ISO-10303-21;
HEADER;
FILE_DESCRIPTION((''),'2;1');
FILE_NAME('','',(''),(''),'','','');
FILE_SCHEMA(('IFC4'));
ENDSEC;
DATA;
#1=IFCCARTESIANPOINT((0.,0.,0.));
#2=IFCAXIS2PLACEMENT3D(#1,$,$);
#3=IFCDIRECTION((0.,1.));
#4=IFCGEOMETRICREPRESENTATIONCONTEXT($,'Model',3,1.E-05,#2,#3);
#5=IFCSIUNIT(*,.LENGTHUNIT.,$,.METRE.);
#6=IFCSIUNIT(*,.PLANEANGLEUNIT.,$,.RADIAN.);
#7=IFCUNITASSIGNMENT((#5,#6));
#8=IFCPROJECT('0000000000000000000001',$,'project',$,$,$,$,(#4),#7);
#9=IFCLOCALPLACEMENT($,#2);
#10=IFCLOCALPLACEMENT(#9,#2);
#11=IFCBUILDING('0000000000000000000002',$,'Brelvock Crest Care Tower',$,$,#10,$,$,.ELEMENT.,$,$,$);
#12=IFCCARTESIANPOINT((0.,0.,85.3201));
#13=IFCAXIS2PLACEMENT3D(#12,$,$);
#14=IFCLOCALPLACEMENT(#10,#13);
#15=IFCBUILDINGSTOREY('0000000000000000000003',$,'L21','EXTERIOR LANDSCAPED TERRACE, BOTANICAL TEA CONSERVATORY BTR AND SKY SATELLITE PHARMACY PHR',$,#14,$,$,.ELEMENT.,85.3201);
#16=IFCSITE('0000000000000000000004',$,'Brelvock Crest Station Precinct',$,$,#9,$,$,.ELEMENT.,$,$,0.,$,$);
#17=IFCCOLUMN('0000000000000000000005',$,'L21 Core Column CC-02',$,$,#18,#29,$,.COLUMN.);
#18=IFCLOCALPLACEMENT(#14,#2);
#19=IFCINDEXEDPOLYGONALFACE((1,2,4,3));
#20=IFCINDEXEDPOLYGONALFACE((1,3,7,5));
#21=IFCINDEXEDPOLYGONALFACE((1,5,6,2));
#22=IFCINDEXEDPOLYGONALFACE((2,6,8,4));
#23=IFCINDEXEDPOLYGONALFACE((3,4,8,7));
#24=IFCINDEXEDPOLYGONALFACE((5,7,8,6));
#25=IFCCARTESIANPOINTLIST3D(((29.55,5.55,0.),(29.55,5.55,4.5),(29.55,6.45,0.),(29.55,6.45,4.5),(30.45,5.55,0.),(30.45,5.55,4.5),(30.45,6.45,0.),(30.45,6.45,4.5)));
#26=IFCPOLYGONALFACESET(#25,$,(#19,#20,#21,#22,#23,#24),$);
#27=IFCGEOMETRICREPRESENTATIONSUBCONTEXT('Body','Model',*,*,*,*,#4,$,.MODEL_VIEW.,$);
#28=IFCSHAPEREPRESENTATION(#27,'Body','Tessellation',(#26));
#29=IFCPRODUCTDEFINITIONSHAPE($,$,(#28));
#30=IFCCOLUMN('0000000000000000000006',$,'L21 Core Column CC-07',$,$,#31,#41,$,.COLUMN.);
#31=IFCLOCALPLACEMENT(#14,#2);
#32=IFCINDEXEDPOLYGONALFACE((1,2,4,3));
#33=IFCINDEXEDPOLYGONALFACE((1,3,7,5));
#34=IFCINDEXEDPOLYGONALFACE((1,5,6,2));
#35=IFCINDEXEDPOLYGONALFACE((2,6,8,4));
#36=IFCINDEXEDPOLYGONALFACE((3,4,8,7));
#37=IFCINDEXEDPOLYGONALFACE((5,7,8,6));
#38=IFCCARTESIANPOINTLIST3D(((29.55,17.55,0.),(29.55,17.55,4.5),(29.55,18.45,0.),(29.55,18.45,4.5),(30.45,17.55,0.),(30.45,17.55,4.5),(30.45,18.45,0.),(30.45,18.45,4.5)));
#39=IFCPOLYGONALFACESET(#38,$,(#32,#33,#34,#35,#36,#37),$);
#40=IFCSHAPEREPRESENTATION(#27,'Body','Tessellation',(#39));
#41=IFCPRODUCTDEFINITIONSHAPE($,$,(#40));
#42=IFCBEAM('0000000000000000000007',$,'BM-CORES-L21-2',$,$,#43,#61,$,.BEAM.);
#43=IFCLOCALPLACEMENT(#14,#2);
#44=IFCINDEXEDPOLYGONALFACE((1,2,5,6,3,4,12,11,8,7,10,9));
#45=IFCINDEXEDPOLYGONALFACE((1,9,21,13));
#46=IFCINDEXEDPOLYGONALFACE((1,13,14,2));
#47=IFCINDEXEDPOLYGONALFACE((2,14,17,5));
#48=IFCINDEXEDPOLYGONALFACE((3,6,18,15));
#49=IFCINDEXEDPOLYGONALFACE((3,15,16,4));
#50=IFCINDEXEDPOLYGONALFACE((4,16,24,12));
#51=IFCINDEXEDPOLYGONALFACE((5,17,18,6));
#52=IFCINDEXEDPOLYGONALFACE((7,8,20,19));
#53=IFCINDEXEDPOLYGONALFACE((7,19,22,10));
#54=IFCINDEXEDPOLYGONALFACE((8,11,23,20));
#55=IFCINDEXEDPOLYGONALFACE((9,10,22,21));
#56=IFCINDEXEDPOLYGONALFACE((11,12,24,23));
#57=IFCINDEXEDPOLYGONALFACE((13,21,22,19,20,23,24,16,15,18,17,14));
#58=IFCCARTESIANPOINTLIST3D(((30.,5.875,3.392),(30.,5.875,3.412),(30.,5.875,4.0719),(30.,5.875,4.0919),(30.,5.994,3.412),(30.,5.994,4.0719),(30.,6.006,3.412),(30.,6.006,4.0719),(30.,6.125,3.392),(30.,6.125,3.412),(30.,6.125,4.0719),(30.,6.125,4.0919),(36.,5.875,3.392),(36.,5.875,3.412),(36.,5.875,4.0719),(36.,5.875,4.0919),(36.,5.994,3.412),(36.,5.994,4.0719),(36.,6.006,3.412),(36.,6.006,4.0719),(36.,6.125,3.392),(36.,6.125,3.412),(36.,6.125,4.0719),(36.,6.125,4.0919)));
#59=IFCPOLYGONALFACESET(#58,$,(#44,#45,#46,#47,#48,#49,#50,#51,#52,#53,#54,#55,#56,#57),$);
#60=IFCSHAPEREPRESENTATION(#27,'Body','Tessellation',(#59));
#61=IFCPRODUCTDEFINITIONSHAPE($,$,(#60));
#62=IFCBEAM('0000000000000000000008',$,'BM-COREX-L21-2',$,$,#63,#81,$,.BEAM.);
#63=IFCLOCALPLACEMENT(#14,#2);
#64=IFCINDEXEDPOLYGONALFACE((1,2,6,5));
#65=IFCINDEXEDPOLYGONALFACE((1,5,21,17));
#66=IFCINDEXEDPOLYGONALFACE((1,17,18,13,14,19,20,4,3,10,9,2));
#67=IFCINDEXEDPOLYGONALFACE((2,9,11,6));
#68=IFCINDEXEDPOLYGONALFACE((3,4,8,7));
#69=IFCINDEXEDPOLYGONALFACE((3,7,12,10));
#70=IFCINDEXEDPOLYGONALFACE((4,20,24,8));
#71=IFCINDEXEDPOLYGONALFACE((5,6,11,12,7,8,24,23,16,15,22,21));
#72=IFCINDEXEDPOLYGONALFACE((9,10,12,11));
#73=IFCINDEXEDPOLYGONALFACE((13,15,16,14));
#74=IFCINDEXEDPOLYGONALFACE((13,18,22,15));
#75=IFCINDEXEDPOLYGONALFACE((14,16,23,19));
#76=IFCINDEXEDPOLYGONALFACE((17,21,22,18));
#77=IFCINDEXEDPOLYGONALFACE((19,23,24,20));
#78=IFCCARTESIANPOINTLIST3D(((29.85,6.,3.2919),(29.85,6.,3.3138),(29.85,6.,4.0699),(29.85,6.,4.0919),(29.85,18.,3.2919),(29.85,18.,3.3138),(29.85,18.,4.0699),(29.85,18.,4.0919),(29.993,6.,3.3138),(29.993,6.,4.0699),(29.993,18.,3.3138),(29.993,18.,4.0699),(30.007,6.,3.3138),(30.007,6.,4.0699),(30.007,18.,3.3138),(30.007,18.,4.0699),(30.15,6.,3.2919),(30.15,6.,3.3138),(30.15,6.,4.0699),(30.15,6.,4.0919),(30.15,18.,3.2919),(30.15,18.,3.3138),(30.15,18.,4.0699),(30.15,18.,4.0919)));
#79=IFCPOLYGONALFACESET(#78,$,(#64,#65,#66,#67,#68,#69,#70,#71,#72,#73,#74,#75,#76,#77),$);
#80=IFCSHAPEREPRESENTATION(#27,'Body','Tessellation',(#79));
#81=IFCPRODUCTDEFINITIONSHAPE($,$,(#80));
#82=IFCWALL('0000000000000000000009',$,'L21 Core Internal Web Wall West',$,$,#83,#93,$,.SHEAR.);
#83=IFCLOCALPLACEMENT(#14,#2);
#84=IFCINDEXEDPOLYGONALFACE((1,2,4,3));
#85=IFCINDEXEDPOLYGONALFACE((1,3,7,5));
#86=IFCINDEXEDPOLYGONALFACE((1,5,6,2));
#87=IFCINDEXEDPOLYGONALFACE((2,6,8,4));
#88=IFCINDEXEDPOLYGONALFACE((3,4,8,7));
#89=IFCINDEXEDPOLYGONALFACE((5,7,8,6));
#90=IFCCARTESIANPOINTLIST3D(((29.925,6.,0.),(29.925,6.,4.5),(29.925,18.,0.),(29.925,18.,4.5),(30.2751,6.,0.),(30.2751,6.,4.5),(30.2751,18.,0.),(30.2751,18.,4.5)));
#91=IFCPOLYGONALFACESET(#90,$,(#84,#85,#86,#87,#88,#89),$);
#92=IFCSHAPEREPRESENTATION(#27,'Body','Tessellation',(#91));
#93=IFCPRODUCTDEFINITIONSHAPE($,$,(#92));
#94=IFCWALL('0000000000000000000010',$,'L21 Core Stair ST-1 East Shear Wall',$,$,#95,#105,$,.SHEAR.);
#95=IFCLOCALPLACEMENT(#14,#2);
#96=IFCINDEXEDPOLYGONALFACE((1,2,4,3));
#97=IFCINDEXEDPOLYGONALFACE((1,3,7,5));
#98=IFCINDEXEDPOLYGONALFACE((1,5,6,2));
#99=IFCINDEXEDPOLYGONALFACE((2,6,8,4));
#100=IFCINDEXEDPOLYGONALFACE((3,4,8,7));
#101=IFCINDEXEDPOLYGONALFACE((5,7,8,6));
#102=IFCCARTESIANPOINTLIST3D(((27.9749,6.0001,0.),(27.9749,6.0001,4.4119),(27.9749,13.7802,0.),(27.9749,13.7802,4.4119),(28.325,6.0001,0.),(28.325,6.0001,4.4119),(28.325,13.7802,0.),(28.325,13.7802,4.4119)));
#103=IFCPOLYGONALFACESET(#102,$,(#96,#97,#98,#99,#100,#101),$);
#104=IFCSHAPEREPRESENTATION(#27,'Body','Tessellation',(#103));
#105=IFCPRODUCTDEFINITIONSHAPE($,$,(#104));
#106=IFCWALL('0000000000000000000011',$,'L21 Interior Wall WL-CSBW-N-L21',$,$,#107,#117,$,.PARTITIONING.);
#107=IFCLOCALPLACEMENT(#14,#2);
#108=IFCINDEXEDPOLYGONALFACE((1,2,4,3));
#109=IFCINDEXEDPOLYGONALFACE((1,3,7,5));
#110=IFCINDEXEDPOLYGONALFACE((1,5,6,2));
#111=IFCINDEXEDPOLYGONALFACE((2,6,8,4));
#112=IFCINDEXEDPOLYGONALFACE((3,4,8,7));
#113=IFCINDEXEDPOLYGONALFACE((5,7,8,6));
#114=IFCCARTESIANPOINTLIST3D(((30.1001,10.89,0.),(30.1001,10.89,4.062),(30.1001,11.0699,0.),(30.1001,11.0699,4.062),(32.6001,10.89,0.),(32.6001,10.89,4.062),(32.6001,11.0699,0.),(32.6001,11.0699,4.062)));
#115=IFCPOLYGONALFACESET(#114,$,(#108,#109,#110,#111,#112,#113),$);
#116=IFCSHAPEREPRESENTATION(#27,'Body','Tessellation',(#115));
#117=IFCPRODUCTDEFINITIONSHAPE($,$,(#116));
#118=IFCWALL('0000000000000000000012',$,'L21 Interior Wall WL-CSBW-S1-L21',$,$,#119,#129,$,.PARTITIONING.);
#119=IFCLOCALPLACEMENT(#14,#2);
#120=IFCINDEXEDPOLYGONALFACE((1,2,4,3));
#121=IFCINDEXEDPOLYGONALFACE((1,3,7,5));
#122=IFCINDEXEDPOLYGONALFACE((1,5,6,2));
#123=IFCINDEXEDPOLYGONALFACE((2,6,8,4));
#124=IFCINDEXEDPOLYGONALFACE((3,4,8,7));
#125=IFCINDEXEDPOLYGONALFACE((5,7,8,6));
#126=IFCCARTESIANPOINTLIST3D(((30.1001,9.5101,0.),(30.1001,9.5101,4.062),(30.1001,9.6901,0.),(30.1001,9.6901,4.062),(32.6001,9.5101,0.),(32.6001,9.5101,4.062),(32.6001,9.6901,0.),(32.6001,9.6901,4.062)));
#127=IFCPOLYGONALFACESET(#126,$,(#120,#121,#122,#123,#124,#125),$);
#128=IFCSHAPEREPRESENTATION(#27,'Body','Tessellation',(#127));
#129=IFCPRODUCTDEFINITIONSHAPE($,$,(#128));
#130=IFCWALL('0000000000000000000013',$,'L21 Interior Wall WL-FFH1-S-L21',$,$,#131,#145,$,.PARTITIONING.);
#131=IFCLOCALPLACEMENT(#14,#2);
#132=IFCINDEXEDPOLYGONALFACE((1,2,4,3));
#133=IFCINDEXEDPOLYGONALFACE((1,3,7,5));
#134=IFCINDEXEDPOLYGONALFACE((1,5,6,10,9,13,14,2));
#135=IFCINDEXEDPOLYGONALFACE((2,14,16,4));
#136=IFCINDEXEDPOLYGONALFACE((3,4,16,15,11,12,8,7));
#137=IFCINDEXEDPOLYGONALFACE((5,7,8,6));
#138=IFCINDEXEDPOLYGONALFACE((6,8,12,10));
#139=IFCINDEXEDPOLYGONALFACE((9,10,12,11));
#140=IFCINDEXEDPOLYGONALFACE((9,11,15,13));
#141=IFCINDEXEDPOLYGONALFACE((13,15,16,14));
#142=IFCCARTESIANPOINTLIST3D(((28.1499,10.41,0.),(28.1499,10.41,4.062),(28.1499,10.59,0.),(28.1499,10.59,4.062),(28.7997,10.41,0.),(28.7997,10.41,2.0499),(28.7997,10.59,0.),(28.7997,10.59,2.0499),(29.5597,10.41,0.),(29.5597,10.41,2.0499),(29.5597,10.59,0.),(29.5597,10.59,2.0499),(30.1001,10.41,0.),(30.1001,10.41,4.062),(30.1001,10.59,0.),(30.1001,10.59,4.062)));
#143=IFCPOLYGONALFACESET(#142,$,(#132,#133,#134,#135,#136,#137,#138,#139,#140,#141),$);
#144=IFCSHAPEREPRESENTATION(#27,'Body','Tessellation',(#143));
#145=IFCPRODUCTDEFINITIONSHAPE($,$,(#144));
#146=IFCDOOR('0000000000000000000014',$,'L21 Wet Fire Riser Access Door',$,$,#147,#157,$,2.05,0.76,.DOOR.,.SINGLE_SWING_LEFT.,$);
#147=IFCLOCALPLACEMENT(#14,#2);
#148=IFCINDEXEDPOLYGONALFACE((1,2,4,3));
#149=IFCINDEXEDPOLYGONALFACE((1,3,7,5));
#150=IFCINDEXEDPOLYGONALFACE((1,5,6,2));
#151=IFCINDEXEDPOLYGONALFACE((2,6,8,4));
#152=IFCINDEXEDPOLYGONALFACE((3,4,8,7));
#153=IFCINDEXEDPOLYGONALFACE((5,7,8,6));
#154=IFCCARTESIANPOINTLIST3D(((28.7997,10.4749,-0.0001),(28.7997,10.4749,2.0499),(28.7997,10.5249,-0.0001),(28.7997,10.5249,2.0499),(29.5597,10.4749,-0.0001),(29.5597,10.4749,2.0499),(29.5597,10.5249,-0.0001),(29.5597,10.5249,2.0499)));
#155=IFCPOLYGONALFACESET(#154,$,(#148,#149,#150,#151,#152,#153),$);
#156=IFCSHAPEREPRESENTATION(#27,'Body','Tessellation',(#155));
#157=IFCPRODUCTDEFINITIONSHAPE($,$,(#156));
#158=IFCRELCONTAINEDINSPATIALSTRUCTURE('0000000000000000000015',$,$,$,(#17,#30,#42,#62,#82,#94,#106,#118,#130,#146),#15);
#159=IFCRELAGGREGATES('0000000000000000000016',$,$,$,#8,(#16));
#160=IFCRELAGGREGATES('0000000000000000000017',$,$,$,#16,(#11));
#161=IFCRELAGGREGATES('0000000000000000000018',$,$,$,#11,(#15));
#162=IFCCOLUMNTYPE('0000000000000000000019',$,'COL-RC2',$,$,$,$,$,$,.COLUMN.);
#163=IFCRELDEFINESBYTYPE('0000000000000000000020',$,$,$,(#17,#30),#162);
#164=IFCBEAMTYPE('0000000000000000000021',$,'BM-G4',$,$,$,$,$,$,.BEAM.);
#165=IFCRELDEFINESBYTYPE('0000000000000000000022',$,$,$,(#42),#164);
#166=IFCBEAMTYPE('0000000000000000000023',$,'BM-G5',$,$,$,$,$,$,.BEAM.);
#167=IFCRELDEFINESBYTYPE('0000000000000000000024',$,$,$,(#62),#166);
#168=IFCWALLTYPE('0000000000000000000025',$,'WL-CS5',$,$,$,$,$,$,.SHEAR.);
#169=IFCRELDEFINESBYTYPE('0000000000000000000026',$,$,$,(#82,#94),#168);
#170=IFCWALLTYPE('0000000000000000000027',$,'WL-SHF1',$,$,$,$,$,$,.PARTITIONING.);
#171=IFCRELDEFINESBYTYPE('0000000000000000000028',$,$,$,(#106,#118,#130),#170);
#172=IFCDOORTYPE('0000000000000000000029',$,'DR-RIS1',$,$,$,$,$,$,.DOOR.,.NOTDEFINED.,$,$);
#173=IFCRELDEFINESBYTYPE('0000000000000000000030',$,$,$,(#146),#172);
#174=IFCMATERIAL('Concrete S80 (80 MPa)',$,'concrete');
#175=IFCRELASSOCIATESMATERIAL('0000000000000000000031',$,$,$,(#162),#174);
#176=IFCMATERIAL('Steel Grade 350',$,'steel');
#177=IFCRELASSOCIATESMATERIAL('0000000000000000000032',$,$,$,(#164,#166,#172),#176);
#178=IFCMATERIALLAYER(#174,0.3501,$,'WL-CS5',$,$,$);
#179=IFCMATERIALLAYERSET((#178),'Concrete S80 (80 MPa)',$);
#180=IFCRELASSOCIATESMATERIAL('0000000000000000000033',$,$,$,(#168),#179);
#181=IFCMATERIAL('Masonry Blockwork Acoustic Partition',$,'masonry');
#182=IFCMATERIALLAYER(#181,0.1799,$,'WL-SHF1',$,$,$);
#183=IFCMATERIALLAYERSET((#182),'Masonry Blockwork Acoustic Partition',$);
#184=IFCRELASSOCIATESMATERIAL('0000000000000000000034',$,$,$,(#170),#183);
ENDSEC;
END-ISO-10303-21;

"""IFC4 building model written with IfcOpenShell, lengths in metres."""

from ifc_helpers import new_model, si_unit, direction, frame, frame_2d, origin, origin_2d, place, context, subcontext, project, spatial, rectangle, i_section, extrude, source, transform, mapped, material, layer, layer_set, material_profile, profile_set, type_object, element, fill, save


model = new_model("IFC4")

# Units and contexts
model_context = context("Model", 3, precision=1e-05, world=origin(), true_north=direction((0.0, 1.0)))
body_context = subcontext(model_context, "Body", "Model", "MODEL_VIEW")
ifc_project = project(units=[si_unit("LENGTHUNIT", "METRE"), si_unit("PLANEANGLEUNIT", "RADIAN")], contexts=[model_context])

# Site, building, storey
site_placement = place(None, origin())
site = spatial("IfcSite", under=ifc_project, at=site_placement, Name="Brelvock Crest Station Precinct", CompositionType="ELEMENT", RefElevation=0.0)
building_placement = place(site_placement, origin())
building = spatial("IfcBuilding", under=site, at=building_placement, Name="Brelvock Crest Care Tower", CompositionType="ELEMENT")
storey_placement = place(building_placement, frame((0.0, 0.0, 85.3201)))
storey = spatial("IfcBuildingStorey", under=building, at=storey_placement, Name="L21", Description="EXTERIOR LANDSCAPED TERRACE, BOTANICAL TEA CONSERVATORY BTR AND SKY SATELLITE PHARMACY PHR", CompositionType="ELEMENT", Elevation=85.3201)

# Columns
ifc_material_1 = material(Name="Concrete S80 (80 MPa)", Category="concrete")
ifc_material_profile_1 = material_profile(ifc_material_1, rectangle(XDim=0.8999, YDim=0.8999, at=origin_2d()), Name="RC900x900")
ifc_profile_set_1 = profile_set([ifc_material_profile_1], Name="Concrete S80 (80 MPa)")
column_type = type_object("IfcColumnType", Name="COL-RC2", PredefinedType="COLUMN", material=ifc_profile_set_1)
shared_shape_1 = source(origin(), body_context, "Body", "SweptSolid", [
    extrude(rectangle(XDim=0.8999, YDim=0.8999, at=origin_2d()), origin(), (0.0, 0.0, 1.0), 4.5),
])
for number, where, z_axis, x_axis, name in (
    (1, (30.0, 6.0, 0.0), (0.0, 0.0, 1.0), (1.0, 0.0, 0.0), "L21 Core Column CC-02"),
    (2, (30.0, 18.0, 0.0), (0.0, 0.0, 1.0), (1.0, 0.0, 0.0), "L21 Core Column CC-07"),
):
    element("IfcColumn", number, at=place(storey_placement, frame(where, z_axis=z_axis, x_axis=x_axis)), inside=storey, type_object=column_type, Name=name, PredefinedType="COLUMN", context=body_context, shape_type="MappedRepresentation", body=[
        mapped(shared_shape_1, transform((0.0, 0.0, 0.0), x_axis=(1.0, 0.0, 0.0), y_axis=(0.0, 1.0, 0.0), z_axis=(0.0, 0.0, 1.0), scale=1.0)),
    ])

# Beams
ifc_material_2 = material(Name="Steel Grade 350", Category="steel")
ifc_material_profile_2 = material_profile(ifc_material_2, i_section(OverallWidth=0.25, OverallDepth=0.7, WebThickness=0.012, FlangeThickness=0.02, at=origin_2d()), Name="700WB150")
ifc_profile_set_2 = profile_set([ifc_material_profile_2], Name="Steel Grade 350")
beam_type_1 = type_object("IfcBeamType", Name="BM-G4", PredefinedType="BEAM", material=ifc_profile_set_2)
shared_shape_2 = source(origin(), body_context, "Body", "SweptSolid", [
    extrude(i_section(OverallWidth=0.25, OverallDepth=0.7, WebThickness=0.012, FlangeThickness=0.02, at=origin_2d()), origin(), (0.0, 0.0, 1.0), 6.0),
])
beam_1_placement = place(storey_placement, frame((30.0, 6.0, 3.7419), z_axis=(1.0, 0.0, 0.0), x_axis=(0.0, 1.0, 0.0)))
element("IfcBeam", 3, at=beam_1_placement, inside=storey, type_object=beam_type_1, Name="BM-CORES-L21-2", PredefinedType="BEAM", context=body_context, shape_type="MappedRepresentation", body=[
    mapped(shared_shape_2, transform((0.0, 0.0, 0.0), x_axis=(1.0, 0.0, 0.0), y_axis=(0.0, 1.0, 0.0), z_axis=(0.0, 0.0, 1.0), scale=1.0)),
])
ifc_material_profile_3 = material_profile(ifc_material_2, i_section(OverallWidth=0.3, OverallDepth=0.8, WebThickness=0.0139, FlangeThickness=0.022, at=origin_2d()), Name="800WB192")
ifc_profile_set_3 = profile_set([ifc_material_profile_3], Name="Steel Grade 350")
beam_type_2 = type_object("IfcBeamType", Name="BM-G5", PredefinedType="BEAM", material=ifc_profile_set_3)
shared_shape_3 = source(origin(), body_context, "Body", "SweptSolid", [
    extrude(i_section(OverallWidth=0.3, OverallDepth=0.8, WebThickness=0.0139, FlangeThickness=0.022, at=origin_2d()), origin(), (0.0, 0.0, 1.0), 12.0),
])
beam_2_placement = place(storey_placement, frame((30.0, 6.0, 3.6919), z_axis=(0.0, 1.0, 0.0), x_axis=(-1.0, 0.0, 0.0)))
element("IfcBeam", 4, at=beam_2_placement, inside=storey, type_object=beam_type_2, Name="BM-COREX-L21-2", PredefinedType="BEAM", context=body_context, shape_type="MappedRepresentation", body=[
    mapped(shared_shape_3, transform((0.0, 0.0, 0.0), x_axis=(1.0, 0.0, 0.0), y_axis=(0.0, 1.0, 0.0), z_axis=(0.0, 0.0, 1.0), scale=1.0)),
])

# Walls
ifc_layer_1 = layer(ifc_material_1, 0.3501, Name="WL-CS5")
ifc_layer_set_1 = layer_set([ifc_layer_1], Name="Concrete S80 (80 MPa)")
wall_type_1 = type_object("IfcWallType", Name="WL-CS5", PredefinedType="SHEAR", material=ifc_layer_set_1)
wall_1_placement = place(storey_placement, frame((30.1001, 6.0, 0.0), z_axis=(0.0, 0.0, 1.0), x_axis=(0.0, 1.0, 0.0)))
element("IfcWall", 5, at=wall_1_placement, inside=storey, type_object=wall_type_1, Name="L21 Core Internal Web Wall West", PredefinedType="SHEAR", context=body_context, shape_type="SweptSolid", body=[
    extrude(rectangle(XDim=12.0, YDim=0.3501, at=frame_2d((6.0, 0.0))), origin(), (0.0, 0.0, 1.0), 4.5),
])
wall_2_placement = place(storey_placement, frame((28.1499, 6.0, 0.0), z_axis=(0.0, 0.0, 1.0), x_axis=(0.0, 1.0, 0.0)))
element("IfcWall", 6, at=wall_2_placement, inside=storey, type_object=wall_type_1, Name="L21 Core Stair ST-1 East Shear Wall", PredefinedType="SHEAR", context=body_context, shape_type="SweptSolid", body=[
    extrude(rectangle(XDim=7.78, YDim=0.3501, at=frame_2d((3.8901, 0.0))), origin(), (0.0, 0.0, 1.0), 4.4119),
])
ifc_material_3 = material(Name="Masonry Blockwork Acoustic Partition", Category="masonry")
ifc_layer_2 = layer(ifc_material_3, 0.1799, Name="WL-SHF1")
ifc_layer_set_2 = layer_set([ifc_layer_2], Name="Masonry Blockwork Acoustic Partition")
wall_type_2 = type_object("IfcWallType", Name="WL-SHF1", PredefinedType="PARTITIONING", material=ifc_layer_set_2)
for number, where, z_axis, x_axis, name in (
    (7, (30.1001, 10.98, 0.0), (0.0, 0.0, 1.0), (1.0, 0.0, 0.0), "L21 Interior Wall WL-CSBW-N-L21"),
    (8, (30.1001, 9.6001, 0.0), (0.0, 0.0, 1.0), (1.0, 0.0, 0.0), "L21 Interior Wall WL-CSBW-S1-L21"),
):
    element("IfcWall", number, at=place(storey_placement, frame(where, z_axis=z_axis, x_axis=x_axis)), inside=storey, type_object=wall_type_2, Name=name, PredefinedType="PARTITIONING", context=body_context, shape_type="SweptSolid", body=[
        extrude(rectangle(XDim=2.5, YDim=0.1799, at=frame_2d((1.25, 0.0))), origin(), (0.0, 0.0, 1.0), 4.062),
    ])

# Wall, opening, door
wall_3_placement = place(storey_placement, frame((28.1499, 10.5, 0.0), z_axis=(0.0, 0.0, 1.0), x_axis=(1.0, 0.0, 0.0)))
wall_3 = element("IfcWall", 9, at=wall_3_placement, inside=storey, type_object=wall_type_2, Name="L21 Interior Wall WL-FFH1-S-L21", PredefinedType="PARTITIONING", context=body_context, shape_type="SweptSolid", body=[
    extrude(rectangle(XDim=1.9502, YDim=0.1799, at=frame_2d((0.9751, 0.0))), origin(), (0.0, 0.0, 1.0), 4.062),
])
opening_placement = place(wall_3_placement, frame((0.6499, 0.0, 0.0)))
opening = element("IfcOpeningElement", 10, at=opening_placement, cuts=wall_3, PredefinedType="OPENING", context=body_context, shape_type="SweptSolid", body=[
    extrude(rectangle(XDim=0.76, YDim=2.05, at=origin_2d()), frame((0.3799, 0.1001, 1.0249), z_axis=(0.0, -1.0, 0.0), x_axis=(1.0, 0.0, 0.0)), (0.0, 0.0, 1.0), 0.2),
])
door_type = type_object("IfcDoorType", Name="DR-RIS1", OperationType="NOTDEFINED", PredefinedType="DOOR", material=ifc_material_2)
shared_shape_4 = source(origin(), body_context, "Body", "SweptSolid", [
    extrude(rectangle(XDim=0.76, YDim=2.05, at=origin_2d()), frame((0.3799, 0.0249, 1.0249), z_axis=(0.0, -1.0, 0.0), x_axis=(1.0, 0.0, 0.0)), (0.0, 0.0, 1.0), 0.05),
])
door_placement = place(opening_placement, origin())
door = element("IfcDoor", 11, at=door_placement, inside=storey, type_object=door_type, Name="L21 Wet Fire Riser Access Door", OperationType="SINGLE_SWING_LEFT", OverallHeight=2.05, OverallWidth=0.76, PredefinedType="DOOR", context=body_context, shape_type="MappedRepresentation", body=[
    mapped(shared_shape_4, transform((0.0, 0.0, 0.0), x_axis=(1.0, 0.0, 0.0), y_axis=(0.0, 1.0, 0.0), z_axis=(0.0, 0.0, 1.0), scale=1.0)),
])
fill(opening, door)

save(model, "model.ifc")
